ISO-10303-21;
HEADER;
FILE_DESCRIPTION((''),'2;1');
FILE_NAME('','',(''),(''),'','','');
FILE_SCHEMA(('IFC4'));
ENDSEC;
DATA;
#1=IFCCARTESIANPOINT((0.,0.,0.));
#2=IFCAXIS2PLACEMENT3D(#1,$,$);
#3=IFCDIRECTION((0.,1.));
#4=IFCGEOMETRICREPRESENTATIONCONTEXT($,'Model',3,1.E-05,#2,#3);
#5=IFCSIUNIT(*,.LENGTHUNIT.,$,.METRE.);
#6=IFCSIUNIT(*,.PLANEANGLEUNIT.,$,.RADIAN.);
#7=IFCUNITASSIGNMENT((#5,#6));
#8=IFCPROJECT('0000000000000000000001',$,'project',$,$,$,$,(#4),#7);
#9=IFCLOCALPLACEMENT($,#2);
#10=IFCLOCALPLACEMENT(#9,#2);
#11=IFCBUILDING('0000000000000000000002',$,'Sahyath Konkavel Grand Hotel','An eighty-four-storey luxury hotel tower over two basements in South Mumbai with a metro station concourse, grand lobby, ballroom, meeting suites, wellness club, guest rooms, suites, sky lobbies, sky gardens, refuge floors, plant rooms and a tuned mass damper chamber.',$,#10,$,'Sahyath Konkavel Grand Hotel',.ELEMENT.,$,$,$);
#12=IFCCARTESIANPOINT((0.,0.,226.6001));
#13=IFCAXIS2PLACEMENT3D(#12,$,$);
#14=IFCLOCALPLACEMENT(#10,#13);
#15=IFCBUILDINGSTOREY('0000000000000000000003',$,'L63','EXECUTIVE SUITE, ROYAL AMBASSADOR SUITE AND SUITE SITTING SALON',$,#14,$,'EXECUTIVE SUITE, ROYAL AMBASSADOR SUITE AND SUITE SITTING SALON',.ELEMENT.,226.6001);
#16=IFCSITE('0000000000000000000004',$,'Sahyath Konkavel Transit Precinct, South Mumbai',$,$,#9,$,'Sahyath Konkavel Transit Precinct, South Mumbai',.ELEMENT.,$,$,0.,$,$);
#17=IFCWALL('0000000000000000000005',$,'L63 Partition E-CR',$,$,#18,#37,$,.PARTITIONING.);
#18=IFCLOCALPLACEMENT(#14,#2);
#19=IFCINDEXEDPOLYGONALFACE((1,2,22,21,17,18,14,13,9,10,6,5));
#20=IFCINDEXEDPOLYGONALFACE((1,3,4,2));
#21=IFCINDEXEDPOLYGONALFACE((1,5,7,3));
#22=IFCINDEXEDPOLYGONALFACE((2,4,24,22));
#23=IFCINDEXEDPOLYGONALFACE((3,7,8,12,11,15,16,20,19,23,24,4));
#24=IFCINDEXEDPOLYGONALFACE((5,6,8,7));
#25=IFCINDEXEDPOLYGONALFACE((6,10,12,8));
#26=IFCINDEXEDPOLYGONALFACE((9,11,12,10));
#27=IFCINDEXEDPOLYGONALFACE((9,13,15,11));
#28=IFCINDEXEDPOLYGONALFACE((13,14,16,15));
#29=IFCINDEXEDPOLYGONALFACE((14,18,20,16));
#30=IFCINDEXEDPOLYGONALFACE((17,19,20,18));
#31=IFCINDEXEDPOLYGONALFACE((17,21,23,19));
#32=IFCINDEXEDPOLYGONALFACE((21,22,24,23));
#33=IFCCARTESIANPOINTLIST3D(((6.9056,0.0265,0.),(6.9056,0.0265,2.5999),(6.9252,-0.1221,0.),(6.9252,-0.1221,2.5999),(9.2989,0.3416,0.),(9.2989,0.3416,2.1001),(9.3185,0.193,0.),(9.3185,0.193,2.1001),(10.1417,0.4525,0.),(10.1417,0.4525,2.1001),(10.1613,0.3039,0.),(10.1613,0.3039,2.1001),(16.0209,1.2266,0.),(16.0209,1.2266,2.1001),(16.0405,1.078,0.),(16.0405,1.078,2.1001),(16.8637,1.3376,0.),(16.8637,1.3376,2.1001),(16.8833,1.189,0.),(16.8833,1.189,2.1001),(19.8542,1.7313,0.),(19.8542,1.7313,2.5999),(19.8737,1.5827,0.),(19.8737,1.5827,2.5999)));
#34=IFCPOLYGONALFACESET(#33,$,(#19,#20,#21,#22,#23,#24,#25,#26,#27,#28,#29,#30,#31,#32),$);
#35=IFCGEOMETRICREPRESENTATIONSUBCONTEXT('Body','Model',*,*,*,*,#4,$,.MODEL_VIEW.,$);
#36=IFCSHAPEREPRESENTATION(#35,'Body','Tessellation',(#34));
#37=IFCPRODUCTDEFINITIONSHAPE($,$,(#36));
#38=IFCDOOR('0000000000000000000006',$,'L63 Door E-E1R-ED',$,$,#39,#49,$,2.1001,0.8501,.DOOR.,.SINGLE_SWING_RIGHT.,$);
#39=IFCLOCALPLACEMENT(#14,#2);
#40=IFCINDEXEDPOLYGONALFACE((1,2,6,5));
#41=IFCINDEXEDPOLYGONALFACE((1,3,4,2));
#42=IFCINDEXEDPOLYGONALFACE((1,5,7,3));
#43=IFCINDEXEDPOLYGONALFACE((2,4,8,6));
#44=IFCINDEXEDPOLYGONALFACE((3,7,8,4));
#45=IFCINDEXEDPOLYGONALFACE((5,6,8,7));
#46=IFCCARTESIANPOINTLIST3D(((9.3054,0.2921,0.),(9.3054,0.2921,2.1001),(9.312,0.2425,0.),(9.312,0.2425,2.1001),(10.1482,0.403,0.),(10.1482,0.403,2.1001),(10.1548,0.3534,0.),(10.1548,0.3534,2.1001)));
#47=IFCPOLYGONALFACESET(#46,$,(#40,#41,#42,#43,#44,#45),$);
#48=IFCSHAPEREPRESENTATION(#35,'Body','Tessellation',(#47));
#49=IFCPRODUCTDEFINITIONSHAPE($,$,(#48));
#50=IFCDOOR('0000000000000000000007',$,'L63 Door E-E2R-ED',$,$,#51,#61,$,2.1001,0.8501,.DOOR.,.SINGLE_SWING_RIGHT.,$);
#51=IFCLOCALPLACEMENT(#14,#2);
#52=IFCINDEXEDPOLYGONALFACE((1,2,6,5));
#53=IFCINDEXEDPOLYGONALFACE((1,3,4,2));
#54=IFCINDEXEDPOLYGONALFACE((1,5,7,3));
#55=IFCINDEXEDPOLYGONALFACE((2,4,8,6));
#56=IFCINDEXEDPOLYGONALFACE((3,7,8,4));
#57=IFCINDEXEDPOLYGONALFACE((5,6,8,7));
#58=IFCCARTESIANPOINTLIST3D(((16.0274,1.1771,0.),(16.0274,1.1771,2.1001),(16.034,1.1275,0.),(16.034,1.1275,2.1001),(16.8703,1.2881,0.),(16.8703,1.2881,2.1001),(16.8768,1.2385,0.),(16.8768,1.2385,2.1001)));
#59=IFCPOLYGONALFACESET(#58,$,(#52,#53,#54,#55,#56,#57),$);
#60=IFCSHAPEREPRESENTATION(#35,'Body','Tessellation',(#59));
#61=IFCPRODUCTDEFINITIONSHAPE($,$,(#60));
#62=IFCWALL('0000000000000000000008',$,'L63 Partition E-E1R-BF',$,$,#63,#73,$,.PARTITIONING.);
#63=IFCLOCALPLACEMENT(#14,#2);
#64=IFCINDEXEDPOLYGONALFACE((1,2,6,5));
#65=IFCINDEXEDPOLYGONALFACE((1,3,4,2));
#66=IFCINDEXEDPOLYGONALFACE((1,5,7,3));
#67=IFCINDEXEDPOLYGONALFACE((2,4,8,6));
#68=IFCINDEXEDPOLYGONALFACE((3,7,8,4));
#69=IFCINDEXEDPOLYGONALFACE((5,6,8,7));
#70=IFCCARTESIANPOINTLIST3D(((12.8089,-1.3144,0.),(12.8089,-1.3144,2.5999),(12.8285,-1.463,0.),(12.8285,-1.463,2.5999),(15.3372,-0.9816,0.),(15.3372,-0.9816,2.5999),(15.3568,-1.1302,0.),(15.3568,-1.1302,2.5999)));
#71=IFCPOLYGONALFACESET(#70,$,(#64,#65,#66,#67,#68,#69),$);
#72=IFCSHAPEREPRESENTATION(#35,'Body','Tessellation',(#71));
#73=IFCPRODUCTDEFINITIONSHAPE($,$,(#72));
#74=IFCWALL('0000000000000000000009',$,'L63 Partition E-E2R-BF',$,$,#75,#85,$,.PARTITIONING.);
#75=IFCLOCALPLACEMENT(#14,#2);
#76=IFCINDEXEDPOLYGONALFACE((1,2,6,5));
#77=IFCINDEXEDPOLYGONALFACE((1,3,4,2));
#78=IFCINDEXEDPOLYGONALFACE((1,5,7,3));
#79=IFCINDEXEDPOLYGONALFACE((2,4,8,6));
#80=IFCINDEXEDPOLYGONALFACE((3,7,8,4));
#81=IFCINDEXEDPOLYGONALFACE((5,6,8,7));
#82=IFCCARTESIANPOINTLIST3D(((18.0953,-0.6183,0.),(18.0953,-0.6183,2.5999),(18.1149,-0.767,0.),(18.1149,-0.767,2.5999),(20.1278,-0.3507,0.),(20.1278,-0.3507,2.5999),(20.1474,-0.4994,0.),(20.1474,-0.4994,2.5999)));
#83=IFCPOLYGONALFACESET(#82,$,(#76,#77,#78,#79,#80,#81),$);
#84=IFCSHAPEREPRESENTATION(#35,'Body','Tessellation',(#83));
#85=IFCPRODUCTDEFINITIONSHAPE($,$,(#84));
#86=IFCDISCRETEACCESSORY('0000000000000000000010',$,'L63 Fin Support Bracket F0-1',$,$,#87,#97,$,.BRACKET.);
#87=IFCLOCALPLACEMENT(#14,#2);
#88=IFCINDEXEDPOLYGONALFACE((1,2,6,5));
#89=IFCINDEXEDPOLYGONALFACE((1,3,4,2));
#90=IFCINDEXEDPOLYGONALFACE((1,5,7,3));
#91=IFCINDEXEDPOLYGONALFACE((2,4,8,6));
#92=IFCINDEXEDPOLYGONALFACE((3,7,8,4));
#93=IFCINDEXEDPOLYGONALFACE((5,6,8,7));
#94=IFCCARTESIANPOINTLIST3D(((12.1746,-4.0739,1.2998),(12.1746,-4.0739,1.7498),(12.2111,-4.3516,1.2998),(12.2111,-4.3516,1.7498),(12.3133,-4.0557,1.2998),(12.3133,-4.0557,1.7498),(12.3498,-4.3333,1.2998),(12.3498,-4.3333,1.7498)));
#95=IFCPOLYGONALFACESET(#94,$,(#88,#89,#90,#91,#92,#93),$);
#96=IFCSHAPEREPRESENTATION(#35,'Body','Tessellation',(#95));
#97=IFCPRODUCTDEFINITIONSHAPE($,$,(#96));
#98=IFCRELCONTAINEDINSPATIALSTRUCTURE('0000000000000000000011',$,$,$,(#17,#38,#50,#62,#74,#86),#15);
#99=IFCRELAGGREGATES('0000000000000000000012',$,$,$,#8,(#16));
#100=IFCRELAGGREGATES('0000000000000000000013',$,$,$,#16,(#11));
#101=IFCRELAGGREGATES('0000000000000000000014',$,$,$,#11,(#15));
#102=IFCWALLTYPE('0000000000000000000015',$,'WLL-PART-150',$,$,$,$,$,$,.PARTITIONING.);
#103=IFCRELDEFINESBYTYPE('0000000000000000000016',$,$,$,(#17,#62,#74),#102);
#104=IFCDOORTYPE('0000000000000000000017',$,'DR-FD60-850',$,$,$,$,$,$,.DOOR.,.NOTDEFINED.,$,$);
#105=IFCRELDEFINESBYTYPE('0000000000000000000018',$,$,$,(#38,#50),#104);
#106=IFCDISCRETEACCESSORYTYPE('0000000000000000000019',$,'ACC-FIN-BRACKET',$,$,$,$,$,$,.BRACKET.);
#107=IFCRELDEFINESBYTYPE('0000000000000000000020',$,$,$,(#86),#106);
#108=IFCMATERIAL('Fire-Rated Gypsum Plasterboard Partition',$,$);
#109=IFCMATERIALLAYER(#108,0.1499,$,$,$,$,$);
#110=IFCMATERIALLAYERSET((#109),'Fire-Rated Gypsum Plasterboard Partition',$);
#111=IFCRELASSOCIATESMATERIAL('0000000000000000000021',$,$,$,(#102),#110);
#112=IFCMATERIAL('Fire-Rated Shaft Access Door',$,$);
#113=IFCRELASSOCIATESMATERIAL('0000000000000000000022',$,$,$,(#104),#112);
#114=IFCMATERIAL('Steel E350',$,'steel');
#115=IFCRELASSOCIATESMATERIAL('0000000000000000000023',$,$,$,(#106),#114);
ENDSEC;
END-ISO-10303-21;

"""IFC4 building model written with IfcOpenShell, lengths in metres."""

from ifc_helpers import new_model, si_unit, direction, frame, frame_2d, origin, origin_2d, place, context, subcontext, project, spatial, rectangle, extrude, source, transform, mapped, material, layer, layer_set, type_object, element, fill, save


model = new_model("IFC4")

# Units and contexts
model_context = context("Model", 3, precision=1e-05, world=origin(), true_north=direction((0.0, 1.0)))
body_context = subcontext(model_context, "Body", "Model", "MODEL_VIEW")
ifc_project = project(units=[si_unit("LENGTHUNIT", "METRE"), si_unit("PLANEANGLEUNIT", "RADIAN")], contexts=[model_context])

# Site, building, storey
site_placement = place(None, origin())
site = spatial("IfcSite", under=ifc_project, at=site_placement, Name="Sahyath Konkavel Transit Precinct, South Mumbai", LongName="Sahyath Konkavel Transit Precinct, South Mumbai", CompositionType="ELEMENT", RefElevation=0.0)
building_placement = place(site_placement, origin())
building = spatial("IfcBuilding", under=site, at=building_placement, Name="Sahyath Konkavel Grand Hotel", Description="An eighty-four-storey luxury hotel tower over two basements in South Mumbai with a metro station concourse, grand lobby, ballroom, meeting suites, wellness club, guest rooms, suites, sky lobbies, sky gardens, refuge floors, plant rooms and a tuned mass damper chamber.", LongName="Sahyath Konkavel Grand Hotel", CompositionType="ELEMENT")
storey_placement = place(building_placement, frame((0.0, 0.0, 226.6001)))
storey = spatial("IfcBuildingStorey", under=building, at=storey_placement, Name="L63", Description="EXECUTIVE SUITE, ROYAL AMBASSADOR SUITE AND SUITE SITTING SALON", LongName="EXECUTIVE SUITE, ROYAL AMBASSADOR SUITE AND SUITE SITTING SALON", CompositionType="ELEMENT", Elevation=226.6001)

# Shared definitions
ifc_material_1 = material(Name="Steel E350", Category="steel")

# Wall, openings, doors
ifc_material_2 = material(Name="Fire-Rated Gypsum Plasterboard Partition")
ifc_layer_1 = layer(ifc_material_2, 0.1499)
ifc_layer_set_1 = layer_set([ifc_layer_1], Name="Fire-Rated Gypsum Plasterboard Partition")
wall_type_1 = type_object("IfcWallType", Name="WLL-PART-150", PredefinedType="PARTITIONING", material=ifc_layer_set_1)
wall_1_placement = place(storey_placement, frame((6.9153, -0.0479, 0.0), z_axis=(0.0, 0.0, 1.0), x_axis=(0.991444, 0.130536, 0.0)))
wall_1 = element("IfcWall", 1, at=wall_1_placement, inside=storey, type_object=wall_type_1, Name="L63 Partition E-CR", PredefinedType="PARTITIONING", context=body_context, shape_type="SweptSolid", body=[
    extrude(rectangle(XDim=13.0603, YDim=0.1499, at=frame_2d((6.5303, 0.0))), origin(), (0.0, 0.0, 1.0), 2.5999),
])
opening_1_placement = place(wall_1_placement, frame((2.4141, 0.0, 0.0)))
opening_1 = element("IfcOpeningElement", 2, at=opening_1_placement, cuts=wall_1, PredefinedType="OPENING", context=body_context, shape_type="SweptSolid", body=[
    extrude(rectangle(XDim=0.8501, YDim=2.1001, at=frame_2d((0.425, 1.05))), frame((0.0, 0.085, 0.0), z_axis=(0.0, -1.0, 0.0), x_axis=(1.0, 0.0, 0.0)), (0.0, 0.0, 1.0), 0.1699),
])
opening_2_placement = place(wall_1_placement, frame((9.1941, 0.0, 0.0)))
opening_2 = element("IfcOpeningElement", 3, at=opening_2_placement, cuts=wall_1, PredefinedType="OPENING", context=body_context, shape_type="SweptSolid", body=[
    extrude(rectangle(XDim=0.8501, YDim=2.1001, at=frame_2d((0.425, 1.05))), frame((0.0, 0.085, 0.0), z_axis=(0.0, -1.0, 0.0), x_axis=(1.0, 0.0, 0.0)), (0.0, 0.0, 1.0), 0.1699),
])
ifc_material_3 = material(Name="Fire-Rated Shaft Access Door")
door_type = type_object("IfcDoorType", Name="DR-FD60-850", OperationType="NOTDEFINED", PredefinedType="DOOR", material=ifc_material_3)
shared_shape_1 = source(origin(), body_context, "Body", "SweptSolid", [
    extrude(rectangle(XDim=0.8501, YDim=0.05, at=origin_2d()), origin(), (0.0, 0.0, 1.0), 2.1001),
])
door_1_placement = place(opening_1_placement, frame((0.425, 0.0, 0.0)))
door_1 = element("IfcDoor", 4, at=door_1_placement, inside=storey, type_object=door_type, Name="L63 Door E-E1R-ED", OperationType="SINGLE_SWING_RIGHT", OverallHeight=2.1001, OverallWidth=0.8501, PredefinedType="DOOR", context=body_context, shape_type="MappedRepresentation", body=[
    mapped(shared_shape_1, transform((0.0, 0.0, 0.0), scale=1.0)),
])
fill(opening_1, door_1)
door_2_placement = place(opening_2_placement, frame((0.425, 0.0, 0.0)))
door_2 = element("IfcDoor", 5, at=door_2_placement, inside=storey, type_object=door_type, Name="L63 Door E-E2R-ED", OperationType="SINGLE_SWING_RIGHT", OverallHeight=2.1001, OverallWidth=0.8501, PredefinedType="DOOR", context=body_context, shape_type="MappedRepresentation", body=[
    mapped(shared_shape_1, transform((0.0, 0.0, 0.0), scale=1.0)),
])
fill(opening_2, door_2)

# Walls
wall_2_placement = place(storey_placement, frame((12.8188, -1.3887, 0.0), z_axis=(0.0, 0.0, 1.0), x_axis=(0.99145, 0.130489, 0.0)))
element("IfcWall", 6, at=wall_2_placement, inside=storey, type_object=wall_type_1, Name="L63 Partition E-E1R-BF", PredefinedType="PARTITIONING", context=body_context, shape_type="SweptSolid", body=[
    extrude(rectangle(XDim=2.55, YDim=0.1499, at=frame_2d((1.2749, 0.0))), origin(), (0.0, 0.0, 1.0), 2.5999),
])
wall_3_placement = place(storey_placement, frame((18.1052, -0.6926, 0.0), z_axis=(0.0, 0.0, 1.0), x_axis=(0.991445, 0.130525, 0.0)))
element("IfcWall", 7, at=wall_3_placement, inside=storey, type_object=wall_type_1, Name="L63 Partition E-E2R-BF", PredefinedType="PARTITIONING", context=body_context, shape_type="SweptSolid", body=[
    extrude(rectangle(XDim=2.05, YDim=0.1499, at=frame_2d((1.0249, 0.0))), origin(), (0.0, 0.0, 1.0), 2.5999),
])

# Discrete accessory
discrete_accessory_type = type_object("IfcDiscreteAccessoryType", Name="ACC-FIN-BRACKET", PredefinedType="BRACKET", material=ifc_material_1)
shared_shape_2 = source(origin(), body_context, "Body", "SweptSolid", [
    extrude(rectangle(XDim=0.28, YDim=0.1399, at=origin_2d()), origin(), (0.0, 0.0, 1.0), 0.45),
])
discrete_accessory_placement = place(storey_placement, frame((12.2622, -4.2036, 1.2998), z_axis=(0.0, 0.0, 1.0), x_axis=(0.130543, -0.991443, 0.0)))
element("IfcDiscreteAccessory", 8, at=discrete_accessory_placement, inside=storey, type_object=discrete_accessory_type, Name="L63 Fin Support Bracket F0-1", PredefinedType="BRACKET", context=body_context, shape_type="MappedRepresentation", body=[
    mapped(shared_shape_2, transform((0.0, 0.0, 0.0), scale=1.0)),
])

save(model, "model.ifc")
